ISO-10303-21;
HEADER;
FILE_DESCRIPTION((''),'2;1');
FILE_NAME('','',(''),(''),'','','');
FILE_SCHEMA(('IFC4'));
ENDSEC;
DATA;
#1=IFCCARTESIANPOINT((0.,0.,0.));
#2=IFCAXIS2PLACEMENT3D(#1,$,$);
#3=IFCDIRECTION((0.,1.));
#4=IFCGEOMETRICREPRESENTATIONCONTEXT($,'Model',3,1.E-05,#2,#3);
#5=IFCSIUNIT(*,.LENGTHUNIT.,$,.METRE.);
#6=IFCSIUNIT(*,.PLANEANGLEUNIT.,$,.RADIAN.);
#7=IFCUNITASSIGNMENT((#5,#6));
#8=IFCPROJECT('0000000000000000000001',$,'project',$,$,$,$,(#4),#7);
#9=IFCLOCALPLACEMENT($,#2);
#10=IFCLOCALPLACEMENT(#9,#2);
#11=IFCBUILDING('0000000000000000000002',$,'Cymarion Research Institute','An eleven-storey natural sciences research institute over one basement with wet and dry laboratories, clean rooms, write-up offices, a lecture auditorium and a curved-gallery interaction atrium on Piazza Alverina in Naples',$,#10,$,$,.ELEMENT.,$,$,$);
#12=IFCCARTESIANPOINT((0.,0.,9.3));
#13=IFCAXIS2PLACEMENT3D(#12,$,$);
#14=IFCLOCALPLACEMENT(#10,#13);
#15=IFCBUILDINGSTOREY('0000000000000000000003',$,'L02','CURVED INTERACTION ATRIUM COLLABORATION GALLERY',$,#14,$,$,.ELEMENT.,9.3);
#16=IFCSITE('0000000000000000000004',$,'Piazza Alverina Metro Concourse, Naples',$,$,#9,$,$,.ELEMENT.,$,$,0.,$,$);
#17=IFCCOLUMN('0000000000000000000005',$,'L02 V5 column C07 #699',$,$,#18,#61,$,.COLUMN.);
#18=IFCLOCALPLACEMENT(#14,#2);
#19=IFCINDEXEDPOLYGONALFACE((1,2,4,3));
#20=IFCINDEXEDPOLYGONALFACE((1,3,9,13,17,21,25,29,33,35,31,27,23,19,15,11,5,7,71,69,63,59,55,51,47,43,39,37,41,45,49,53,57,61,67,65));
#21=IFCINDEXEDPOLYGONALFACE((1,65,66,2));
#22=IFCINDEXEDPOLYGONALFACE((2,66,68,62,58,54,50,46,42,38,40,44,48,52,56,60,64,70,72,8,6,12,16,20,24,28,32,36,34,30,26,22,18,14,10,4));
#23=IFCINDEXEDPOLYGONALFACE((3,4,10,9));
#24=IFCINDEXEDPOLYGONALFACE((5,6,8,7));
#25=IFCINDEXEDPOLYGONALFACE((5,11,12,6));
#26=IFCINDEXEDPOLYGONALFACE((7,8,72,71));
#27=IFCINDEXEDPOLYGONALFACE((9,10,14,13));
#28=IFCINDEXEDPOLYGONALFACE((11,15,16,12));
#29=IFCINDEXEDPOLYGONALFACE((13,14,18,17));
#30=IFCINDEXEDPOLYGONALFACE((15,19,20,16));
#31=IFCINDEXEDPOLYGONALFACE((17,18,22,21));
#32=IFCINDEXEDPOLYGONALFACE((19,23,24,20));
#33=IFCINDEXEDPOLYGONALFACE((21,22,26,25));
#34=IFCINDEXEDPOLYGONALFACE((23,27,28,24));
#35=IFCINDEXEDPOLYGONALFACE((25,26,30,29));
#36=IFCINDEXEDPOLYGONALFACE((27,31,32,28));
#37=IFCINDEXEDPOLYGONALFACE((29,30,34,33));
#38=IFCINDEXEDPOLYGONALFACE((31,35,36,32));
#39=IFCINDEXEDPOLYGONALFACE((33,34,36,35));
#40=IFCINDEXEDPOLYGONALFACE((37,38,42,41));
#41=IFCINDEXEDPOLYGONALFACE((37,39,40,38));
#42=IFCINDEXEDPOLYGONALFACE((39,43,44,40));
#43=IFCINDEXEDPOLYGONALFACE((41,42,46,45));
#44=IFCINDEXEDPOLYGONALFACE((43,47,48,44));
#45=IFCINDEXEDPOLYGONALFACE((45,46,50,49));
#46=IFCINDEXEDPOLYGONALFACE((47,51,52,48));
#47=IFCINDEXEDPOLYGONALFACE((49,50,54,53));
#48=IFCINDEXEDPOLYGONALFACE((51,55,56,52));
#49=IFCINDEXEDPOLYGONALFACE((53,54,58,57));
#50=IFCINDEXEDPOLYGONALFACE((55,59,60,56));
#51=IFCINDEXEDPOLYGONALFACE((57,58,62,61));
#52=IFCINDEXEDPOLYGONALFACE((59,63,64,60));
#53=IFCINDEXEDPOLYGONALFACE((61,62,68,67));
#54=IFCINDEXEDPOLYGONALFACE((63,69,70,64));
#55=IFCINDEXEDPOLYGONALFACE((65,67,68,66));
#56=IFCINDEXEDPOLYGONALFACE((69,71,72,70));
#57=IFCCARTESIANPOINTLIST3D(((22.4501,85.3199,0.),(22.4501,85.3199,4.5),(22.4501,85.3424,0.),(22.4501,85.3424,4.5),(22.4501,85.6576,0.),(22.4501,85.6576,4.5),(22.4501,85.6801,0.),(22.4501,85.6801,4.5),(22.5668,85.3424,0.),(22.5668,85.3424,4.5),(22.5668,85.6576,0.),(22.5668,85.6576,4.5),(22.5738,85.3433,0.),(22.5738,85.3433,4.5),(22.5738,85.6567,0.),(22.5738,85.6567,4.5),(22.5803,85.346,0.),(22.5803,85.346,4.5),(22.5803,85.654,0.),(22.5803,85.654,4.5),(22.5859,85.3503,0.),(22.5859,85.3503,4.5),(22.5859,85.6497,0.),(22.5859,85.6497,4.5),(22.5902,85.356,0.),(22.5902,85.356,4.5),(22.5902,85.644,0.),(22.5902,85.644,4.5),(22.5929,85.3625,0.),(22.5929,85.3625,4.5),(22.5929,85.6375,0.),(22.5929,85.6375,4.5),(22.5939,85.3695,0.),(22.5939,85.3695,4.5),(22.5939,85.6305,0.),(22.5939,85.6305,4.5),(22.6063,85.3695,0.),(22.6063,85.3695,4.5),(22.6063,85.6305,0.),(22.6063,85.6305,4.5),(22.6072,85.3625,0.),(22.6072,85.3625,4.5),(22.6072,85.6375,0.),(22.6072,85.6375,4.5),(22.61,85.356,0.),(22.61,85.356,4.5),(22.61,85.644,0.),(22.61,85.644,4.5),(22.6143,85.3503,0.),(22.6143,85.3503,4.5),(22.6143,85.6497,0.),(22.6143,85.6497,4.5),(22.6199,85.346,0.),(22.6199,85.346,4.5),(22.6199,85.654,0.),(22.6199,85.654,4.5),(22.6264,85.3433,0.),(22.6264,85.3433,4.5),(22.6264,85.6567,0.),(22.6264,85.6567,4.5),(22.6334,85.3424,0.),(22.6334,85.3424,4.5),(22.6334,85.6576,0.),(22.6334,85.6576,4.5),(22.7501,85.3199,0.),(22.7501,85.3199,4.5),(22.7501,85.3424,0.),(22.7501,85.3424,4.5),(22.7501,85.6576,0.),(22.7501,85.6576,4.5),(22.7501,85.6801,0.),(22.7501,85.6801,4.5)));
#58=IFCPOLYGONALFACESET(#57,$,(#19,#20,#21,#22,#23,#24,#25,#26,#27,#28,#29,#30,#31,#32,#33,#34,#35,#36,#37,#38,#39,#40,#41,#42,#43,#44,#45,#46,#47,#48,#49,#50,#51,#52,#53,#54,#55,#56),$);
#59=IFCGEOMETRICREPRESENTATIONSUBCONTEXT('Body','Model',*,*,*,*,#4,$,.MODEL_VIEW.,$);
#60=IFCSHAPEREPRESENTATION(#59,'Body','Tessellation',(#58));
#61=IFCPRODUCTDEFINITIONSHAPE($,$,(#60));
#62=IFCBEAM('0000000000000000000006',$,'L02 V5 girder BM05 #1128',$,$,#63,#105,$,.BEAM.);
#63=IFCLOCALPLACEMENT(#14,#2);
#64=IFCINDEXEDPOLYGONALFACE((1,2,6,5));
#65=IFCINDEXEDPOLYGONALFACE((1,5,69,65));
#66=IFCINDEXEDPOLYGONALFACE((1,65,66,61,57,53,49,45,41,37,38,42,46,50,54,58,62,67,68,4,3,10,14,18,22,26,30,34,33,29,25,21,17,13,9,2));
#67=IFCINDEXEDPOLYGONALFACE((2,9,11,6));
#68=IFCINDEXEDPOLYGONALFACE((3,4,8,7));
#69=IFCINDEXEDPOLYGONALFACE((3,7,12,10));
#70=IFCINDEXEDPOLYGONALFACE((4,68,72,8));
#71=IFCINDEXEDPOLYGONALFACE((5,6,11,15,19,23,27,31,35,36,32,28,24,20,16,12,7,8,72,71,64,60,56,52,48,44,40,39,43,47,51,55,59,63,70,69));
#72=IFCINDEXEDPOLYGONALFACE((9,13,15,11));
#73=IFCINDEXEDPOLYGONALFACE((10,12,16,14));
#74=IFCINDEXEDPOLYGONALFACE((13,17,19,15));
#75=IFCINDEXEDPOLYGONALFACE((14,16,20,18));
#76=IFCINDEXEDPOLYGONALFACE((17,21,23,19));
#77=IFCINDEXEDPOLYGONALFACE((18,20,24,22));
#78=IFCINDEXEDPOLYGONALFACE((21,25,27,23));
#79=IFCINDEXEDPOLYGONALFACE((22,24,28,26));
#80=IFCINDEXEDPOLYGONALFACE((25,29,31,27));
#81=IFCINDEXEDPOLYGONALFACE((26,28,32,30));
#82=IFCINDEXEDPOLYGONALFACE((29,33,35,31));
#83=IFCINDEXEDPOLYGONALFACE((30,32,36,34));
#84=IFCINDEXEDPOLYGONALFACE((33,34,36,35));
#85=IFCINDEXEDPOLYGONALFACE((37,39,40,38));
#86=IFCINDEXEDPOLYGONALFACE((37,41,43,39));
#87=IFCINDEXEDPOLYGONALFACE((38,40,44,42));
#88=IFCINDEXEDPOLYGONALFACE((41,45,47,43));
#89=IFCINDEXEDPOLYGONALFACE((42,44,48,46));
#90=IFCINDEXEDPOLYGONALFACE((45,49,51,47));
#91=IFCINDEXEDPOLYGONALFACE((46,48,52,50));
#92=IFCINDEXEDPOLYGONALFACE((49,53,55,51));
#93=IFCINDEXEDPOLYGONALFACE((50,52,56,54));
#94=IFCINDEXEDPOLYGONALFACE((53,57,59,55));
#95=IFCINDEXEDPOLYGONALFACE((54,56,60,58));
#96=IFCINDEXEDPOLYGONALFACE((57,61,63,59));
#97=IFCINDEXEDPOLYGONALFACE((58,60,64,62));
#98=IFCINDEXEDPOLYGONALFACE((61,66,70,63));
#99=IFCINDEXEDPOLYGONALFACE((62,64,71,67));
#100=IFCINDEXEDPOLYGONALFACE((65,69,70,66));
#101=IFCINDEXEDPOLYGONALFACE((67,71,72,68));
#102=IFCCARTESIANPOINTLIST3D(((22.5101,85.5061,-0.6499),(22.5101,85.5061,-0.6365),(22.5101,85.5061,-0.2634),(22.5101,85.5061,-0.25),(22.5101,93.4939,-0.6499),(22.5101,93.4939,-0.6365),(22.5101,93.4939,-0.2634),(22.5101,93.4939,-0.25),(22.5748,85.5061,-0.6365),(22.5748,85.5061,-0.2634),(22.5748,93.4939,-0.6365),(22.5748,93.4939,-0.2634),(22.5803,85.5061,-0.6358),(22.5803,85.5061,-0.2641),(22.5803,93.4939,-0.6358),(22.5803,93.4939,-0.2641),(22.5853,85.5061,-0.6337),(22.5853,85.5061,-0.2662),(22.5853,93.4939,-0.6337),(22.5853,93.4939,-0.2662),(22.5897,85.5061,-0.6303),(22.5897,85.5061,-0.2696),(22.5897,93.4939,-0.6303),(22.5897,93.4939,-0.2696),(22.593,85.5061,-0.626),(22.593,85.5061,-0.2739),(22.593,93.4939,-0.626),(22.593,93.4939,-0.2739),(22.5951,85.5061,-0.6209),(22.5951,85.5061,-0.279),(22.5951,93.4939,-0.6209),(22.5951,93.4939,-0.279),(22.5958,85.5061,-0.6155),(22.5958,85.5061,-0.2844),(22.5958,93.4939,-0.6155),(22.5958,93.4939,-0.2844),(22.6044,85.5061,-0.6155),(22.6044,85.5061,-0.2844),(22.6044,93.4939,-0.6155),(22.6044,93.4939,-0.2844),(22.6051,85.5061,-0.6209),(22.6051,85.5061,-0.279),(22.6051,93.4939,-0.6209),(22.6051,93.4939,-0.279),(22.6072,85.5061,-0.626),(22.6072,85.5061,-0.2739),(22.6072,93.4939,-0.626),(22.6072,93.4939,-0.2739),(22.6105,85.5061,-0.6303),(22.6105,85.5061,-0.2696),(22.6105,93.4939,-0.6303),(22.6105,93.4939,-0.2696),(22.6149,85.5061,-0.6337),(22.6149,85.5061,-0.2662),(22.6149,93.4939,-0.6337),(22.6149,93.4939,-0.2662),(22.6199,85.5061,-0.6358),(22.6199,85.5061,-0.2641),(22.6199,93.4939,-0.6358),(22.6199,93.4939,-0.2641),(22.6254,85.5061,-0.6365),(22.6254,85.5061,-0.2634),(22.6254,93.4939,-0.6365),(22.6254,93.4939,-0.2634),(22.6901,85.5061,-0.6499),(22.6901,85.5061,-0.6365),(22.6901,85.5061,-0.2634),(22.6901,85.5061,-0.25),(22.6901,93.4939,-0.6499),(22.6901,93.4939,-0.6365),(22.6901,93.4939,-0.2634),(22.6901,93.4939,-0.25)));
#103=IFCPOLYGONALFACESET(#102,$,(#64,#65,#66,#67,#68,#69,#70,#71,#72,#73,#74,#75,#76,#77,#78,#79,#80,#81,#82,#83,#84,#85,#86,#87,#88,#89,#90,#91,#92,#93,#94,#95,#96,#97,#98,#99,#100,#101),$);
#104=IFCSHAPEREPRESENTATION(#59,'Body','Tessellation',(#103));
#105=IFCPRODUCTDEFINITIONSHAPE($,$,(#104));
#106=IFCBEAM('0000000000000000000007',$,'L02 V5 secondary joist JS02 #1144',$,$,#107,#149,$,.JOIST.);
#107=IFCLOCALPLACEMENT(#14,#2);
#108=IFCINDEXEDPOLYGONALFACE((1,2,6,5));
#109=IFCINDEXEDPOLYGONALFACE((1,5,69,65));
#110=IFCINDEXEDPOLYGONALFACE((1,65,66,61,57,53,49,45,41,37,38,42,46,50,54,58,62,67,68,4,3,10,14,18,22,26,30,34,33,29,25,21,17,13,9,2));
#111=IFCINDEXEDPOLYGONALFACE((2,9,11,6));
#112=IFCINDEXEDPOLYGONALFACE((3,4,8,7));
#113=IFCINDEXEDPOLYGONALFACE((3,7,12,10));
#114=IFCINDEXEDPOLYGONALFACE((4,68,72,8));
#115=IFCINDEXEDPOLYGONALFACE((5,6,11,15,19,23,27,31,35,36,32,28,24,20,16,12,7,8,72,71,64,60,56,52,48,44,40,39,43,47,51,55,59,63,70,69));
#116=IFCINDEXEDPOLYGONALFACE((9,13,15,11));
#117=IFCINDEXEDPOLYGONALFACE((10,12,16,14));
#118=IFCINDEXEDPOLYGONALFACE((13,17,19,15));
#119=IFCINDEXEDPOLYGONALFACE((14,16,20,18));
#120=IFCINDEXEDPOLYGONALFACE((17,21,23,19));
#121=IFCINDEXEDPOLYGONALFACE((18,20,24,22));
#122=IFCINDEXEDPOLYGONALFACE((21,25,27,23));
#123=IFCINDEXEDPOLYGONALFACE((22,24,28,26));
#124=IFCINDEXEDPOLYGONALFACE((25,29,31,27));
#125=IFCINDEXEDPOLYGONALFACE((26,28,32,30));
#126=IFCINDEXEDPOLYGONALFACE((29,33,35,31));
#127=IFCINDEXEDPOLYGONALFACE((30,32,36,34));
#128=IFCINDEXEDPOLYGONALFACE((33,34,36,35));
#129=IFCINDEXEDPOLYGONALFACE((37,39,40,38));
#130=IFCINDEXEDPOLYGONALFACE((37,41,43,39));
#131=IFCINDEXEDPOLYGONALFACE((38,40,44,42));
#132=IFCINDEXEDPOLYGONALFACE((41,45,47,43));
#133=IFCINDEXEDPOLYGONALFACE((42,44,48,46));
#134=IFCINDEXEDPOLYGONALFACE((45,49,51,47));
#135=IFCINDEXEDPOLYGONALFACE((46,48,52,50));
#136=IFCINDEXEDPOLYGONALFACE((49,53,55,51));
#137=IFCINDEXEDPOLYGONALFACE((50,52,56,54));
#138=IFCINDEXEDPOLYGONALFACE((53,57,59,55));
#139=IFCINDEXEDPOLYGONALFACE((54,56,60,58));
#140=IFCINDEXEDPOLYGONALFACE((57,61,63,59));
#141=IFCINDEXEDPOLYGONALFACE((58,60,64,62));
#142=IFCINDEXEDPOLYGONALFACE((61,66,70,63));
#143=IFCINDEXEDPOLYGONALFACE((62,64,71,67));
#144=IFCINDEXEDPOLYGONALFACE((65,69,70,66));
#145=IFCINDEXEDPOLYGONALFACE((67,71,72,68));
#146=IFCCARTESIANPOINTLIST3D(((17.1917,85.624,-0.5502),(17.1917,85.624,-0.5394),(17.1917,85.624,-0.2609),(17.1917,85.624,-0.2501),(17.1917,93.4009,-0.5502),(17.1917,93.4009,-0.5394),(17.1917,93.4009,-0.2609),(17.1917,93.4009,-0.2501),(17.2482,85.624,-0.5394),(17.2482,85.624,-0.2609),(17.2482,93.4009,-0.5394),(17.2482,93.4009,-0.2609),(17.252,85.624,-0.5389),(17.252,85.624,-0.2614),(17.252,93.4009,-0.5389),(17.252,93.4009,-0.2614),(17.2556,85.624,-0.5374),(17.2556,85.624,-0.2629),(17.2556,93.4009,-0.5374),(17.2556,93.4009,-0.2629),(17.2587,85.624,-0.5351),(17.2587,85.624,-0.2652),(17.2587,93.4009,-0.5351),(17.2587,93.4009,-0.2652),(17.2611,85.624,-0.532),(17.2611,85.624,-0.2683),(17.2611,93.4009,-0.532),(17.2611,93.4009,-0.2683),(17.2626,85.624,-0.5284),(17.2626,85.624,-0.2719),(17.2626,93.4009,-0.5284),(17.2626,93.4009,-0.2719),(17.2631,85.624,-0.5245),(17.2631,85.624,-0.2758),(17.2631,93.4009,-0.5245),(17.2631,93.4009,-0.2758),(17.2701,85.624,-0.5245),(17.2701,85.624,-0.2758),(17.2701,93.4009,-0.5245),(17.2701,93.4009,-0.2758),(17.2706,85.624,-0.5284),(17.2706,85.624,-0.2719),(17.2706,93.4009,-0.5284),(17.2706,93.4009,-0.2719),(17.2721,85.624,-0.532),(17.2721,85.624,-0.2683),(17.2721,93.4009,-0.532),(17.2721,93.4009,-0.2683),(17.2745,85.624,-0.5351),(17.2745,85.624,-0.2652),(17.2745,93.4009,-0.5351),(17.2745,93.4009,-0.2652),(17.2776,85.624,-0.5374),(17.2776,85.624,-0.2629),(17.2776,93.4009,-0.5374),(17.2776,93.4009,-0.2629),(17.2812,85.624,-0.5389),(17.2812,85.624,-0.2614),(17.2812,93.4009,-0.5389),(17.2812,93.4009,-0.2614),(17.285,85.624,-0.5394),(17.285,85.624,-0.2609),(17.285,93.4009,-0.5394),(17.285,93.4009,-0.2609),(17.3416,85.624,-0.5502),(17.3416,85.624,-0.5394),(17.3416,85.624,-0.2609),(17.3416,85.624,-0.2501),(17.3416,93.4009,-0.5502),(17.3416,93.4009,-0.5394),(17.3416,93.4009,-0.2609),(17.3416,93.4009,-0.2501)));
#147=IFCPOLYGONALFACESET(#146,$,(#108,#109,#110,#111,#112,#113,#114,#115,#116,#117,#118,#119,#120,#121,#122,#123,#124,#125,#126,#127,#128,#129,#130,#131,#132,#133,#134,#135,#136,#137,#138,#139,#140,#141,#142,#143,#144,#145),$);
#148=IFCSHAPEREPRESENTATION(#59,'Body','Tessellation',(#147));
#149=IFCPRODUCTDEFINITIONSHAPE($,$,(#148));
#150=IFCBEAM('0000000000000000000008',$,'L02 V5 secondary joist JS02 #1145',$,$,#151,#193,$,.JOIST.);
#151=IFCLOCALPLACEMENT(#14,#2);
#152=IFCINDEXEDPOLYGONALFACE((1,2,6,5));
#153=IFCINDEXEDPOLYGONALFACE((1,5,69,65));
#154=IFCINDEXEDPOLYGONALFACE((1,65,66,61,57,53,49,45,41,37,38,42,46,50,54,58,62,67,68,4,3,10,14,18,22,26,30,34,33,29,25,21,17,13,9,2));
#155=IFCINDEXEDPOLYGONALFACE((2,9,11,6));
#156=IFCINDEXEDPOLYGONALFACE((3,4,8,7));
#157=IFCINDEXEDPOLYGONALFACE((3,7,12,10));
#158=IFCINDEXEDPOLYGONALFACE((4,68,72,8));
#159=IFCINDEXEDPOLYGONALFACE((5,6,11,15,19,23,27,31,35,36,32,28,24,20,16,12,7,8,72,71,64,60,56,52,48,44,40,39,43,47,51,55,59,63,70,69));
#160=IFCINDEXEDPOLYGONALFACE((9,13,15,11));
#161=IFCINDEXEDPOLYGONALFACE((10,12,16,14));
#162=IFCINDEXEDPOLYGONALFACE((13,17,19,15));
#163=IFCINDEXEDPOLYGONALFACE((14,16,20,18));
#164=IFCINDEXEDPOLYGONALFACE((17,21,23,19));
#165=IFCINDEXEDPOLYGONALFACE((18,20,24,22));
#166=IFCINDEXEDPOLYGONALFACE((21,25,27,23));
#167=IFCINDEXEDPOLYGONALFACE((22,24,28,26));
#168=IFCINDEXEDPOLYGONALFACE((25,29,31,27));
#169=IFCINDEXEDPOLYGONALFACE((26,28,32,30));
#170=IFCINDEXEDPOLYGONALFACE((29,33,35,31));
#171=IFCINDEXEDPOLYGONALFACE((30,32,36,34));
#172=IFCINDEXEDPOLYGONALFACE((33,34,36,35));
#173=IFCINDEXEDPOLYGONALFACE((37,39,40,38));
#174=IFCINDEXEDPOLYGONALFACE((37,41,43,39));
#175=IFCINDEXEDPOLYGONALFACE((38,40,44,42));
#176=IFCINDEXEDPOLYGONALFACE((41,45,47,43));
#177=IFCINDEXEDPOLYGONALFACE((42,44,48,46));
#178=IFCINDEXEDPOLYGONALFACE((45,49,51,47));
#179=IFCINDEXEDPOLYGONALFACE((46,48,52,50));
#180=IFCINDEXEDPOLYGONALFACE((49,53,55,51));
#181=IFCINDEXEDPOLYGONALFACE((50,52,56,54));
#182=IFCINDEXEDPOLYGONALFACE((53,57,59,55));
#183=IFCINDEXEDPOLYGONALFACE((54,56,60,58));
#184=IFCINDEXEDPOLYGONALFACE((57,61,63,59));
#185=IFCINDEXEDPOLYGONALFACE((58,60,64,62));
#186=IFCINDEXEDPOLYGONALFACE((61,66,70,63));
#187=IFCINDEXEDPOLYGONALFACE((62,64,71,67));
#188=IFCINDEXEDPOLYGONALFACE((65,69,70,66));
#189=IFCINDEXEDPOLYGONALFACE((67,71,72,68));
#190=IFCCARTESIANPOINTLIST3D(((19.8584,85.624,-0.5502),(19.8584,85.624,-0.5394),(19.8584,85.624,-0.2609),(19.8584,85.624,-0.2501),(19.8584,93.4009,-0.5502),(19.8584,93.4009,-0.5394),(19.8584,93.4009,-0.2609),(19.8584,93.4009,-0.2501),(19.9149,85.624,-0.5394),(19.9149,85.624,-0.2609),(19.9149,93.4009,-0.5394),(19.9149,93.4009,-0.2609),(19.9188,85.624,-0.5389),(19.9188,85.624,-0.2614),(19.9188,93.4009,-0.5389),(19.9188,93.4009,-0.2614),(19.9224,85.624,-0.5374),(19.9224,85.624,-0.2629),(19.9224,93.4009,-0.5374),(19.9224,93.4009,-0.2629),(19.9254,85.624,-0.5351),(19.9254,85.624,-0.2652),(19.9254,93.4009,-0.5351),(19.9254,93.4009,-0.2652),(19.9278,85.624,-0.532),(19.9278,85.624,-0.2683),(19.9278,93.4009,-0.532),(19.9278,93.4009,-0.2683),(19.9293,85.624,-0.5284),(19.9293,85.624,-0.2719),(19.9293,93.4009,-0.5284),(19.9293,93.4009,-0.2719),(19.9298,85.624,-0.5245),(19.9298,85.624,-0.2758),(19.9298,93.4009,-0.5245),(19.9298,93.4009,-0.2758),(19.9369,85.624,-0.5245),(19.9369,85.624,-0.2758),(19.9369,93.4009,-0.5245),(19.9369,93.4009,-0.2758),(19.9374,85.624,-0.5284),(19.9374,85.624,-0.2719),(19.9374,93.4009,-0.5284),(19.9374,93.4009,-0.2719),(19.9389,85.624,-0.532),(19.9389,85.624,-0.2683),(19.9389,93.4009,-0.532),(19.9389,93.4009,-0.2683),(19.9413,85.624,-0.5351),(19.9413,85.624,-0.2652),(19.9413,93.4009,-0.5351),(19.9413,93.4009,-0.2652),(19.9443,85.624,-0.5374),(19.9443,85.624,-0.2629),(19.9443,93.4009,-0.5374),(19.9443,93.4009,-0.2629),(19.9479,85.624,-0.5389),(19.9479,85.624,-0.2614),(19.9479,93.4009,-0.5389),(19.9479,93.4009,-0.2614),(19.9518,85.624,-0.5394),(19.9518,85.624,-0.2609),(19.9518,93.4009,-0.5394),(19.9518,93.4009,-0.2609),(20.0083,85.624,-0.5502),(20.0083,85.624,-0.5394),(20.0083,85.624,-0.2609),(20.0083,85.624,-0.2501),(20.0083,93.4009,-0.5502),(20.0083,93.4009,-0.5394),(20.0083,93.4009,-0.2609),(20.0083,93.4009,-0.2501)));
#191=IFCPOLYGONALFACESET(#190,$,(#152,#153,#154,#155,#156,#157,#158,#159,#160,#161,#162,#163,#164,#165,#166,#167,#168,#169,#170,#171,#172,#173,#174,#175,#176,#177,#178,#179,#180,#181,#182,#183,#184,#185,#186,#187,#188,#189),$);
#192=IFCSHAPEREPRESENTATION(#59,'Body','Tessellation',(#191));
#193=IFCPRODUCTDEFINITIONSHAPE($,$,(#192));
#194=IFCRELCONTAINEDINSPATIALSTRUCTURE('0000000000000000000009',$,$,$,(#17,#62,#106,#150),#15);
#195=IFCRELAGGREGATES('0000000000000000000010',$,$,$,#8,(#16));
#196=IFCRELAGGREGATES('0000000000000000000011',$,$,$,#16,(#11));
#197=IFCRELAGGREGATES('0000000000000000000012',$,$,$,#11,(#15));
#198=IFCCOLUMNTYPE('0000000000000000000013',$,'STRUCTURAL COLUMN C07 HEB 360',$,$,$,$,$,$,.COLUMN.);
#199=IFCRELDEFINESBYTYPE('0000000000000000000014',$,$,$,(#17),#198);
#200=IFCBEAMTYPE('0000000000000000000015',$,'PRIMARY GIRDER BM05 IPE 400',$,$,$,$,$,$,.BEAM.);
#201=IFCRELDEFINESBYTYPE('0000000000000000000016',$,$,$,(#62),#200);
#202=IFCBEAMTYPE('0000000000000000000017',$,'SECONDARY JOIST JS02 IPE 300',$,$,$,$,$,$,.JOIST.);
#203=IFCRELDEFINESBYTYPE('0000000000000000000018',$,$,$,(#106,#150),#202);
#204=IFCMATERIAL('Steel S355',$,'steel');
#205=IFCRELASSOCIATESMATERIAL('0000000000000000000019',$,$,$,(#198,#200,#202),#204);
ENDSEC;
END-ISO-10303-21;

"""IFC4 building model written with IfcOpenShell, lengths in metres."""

from ifc_helpers import new_model, si_unit, direction, frame, origin, origin_2d, place, context, subcontext, project, spatial, i_section, extrude, material, material_profile, profile_set, type_object, element, save


model = new_model("IFC4")

# Units and contexts
model_context = context("Model", 3, precision=1e-05, world=origin(), true_north=direction((0.0, 1.0)))
body_context = subcontext(model_context, "Body", "Model", "MODEL_VIEW")
ifc_project = project(units=[si_unit("LENGTHUNIT", "METRE"), si_unit("PLANEANGLEUNIT", "RADIAN")], contexts=[model_context])

# Site, building, storey
site_placement = place(None, origin())
site = spatial("IfcSite", under=ifc_project, at=site_placement, Name="Piazza Alverina Metro Concourse, Naples", CompositionType="ELEMENT", RefElevation=0.0)
building_placement = place(site_placement, origin())
building = spatial("IfcBuilding", under=site, at=building_placement, Name="Cymarion Research Institute", Description="An eleven-storey natural sciences research institute over one basement with wet and dry laboratories, clean rooms, write-up offices, a lecture auditorium and a curved-gallery interaction atrium on Piazza Alverina in Naples", CompositionType="ELEMENT")
storey_placement = place(building_placement, frame((0.0, 0.0, 9.3)))
storey = spatial("IfcBuildingStorey", under=building, at=storey_placement, Name="L02", Description="CURVED INTERACTION ATRIUM COLLABORATION GALLERY", CompositionType="ELEMENT", Elevation=9.3)

# Column
ifc_material_1 = material(Name="Steel S355", Category="steel")
ifc_material_profile_1 = material_profile(ifc_material_1, i_section(OverallWidth=0.3, OverallDepth=0.3601, WebThickness=0.0125, FlangeThickness=0.0225, FilletRadius=0.0271, at=origin_2d()), Name="HEB 360")
ifc_profile_set_1 = profile_set([ifc_material_profile_1], Name="Steel S355")
column_type = type_object("IfcColumnType", Name="STRUCTURAL COLUMN C07 HEB 360", PredefinedType="COLUMN", material=ifc_profile_set_1)
column_placement = place(storey_placement, frame((22.6001, 85.5, 0.0), z_axis=(0.0, 0.0, 1.0), x_axis=(1.0, 0.0, 0.0)))
element("IfcColumn", 1, at=column_placement, inside=storey, type_object=column_type, Name="L02 V5 column C07 #699", PredefinedType="COLUMN", context=body_context, shape_type="SweptSolid", body=[
    extrude(i_section(OverallWidth=0.3, OverallDepth=0.3601, WebThickness=0.0125, FlangeThickness=0.0225, FilletRadius=0.0271, at=origin_2d()), origin(), (0.0, 0.0, 1.0), 4.5),
])

# Beams
ifc_material_profile_2 = material_profile(ifc_material_1, i_section(OverallWidth=0.1799, OverallDepth=0.3999, WebThickness=0.0085, FlangeThickness=0.0134, FilletRadius=0.021, at=origin_2d()), Name="IPE 400")
ifc_profile_set_2 = profile_set([ifc_material_profile_2], Name="Steel S355")
beam_type_1 = type_object("IfcBeamType", Name="PRIMARY GIRDER BM05 IPE 400", PredefinedType="BEAM", material=ifc_profile_set_2)
beam_1_placement = place(storey_placement, frame((22.6001, 85.5061, -0.45), z_axis=(0.0, 1.0, 0.0), x_axis=(-1.0, 0.0, 0.0)))
element("IfcBeam", 2, at=beam_1_placement, inside=storey, type_object=beam_type_1, Name="L02 V5 girder BM05 #1128", PredefinedType="BEAM", context=body_context, shape_type="SweptSolid", body=[
    extrude(i_section(OverallWidth=0.1799, OverallDepth=0.3999, WebThickness=0.0085, FlangeThickness=0.0134, FilletRadius=0.021, at=origin_2d()), origin(), (0.0, 0.0, 1.0), 7.9878),
])
ifc_material_profile_3 = material_profile(ifc_material_1, i_section(OverallWidth=0.1499, OverallDepth=0.3, WebThickness=0.0071, FlangeThickness=0.0107, FilletRadius=0.0149, at=origin_2d()), Name="IPE 300")
ifc_profile_set_3 = profile_set([ifc_material_profile_3], Name="Steel S355")
beam_type_2 = type_object("IfcBeamType", Name="SECONDARY JOIST JS02 IPE 300", PredefinedType="JOIST", material=ifc_profile_set_3)
for number, where, z_axis, x_axis, name in (
    (3, (17.2666, 85.624, -0.4001), (0.0, 1.0, 0.0), (-1.0, 0.0, 0.0), "L02 V5 secondary joist JS02 #1144"),
    (4, (19.9333, 85.624, -0.4001), (0.0, 1.0, 0.0), (-1.0, 0.0, 0.0), "L02 V5 secondary joist JS02 #1145"),
):
    element("IfcBeam", number, at=place(storey_placement, frame(where, z_axis=z_axis, x_axis=x_axis)), inside=storey, type_object=beam_type_2, Name=name, PredefinedType="JOIST", context=body_context, shape_type="SweptSolid", body=[
        extrude(i_section(OverallWidth=0.1499, OverallDepth=0.3, WebThickness=0.0071, FlangeThickness=0.0107, FilletRadius=0.0149, at=origin_2d()), origin(), (0.0, 0.0, 1.0), 7.7769),
    ])

save(model, "model.ifc")
